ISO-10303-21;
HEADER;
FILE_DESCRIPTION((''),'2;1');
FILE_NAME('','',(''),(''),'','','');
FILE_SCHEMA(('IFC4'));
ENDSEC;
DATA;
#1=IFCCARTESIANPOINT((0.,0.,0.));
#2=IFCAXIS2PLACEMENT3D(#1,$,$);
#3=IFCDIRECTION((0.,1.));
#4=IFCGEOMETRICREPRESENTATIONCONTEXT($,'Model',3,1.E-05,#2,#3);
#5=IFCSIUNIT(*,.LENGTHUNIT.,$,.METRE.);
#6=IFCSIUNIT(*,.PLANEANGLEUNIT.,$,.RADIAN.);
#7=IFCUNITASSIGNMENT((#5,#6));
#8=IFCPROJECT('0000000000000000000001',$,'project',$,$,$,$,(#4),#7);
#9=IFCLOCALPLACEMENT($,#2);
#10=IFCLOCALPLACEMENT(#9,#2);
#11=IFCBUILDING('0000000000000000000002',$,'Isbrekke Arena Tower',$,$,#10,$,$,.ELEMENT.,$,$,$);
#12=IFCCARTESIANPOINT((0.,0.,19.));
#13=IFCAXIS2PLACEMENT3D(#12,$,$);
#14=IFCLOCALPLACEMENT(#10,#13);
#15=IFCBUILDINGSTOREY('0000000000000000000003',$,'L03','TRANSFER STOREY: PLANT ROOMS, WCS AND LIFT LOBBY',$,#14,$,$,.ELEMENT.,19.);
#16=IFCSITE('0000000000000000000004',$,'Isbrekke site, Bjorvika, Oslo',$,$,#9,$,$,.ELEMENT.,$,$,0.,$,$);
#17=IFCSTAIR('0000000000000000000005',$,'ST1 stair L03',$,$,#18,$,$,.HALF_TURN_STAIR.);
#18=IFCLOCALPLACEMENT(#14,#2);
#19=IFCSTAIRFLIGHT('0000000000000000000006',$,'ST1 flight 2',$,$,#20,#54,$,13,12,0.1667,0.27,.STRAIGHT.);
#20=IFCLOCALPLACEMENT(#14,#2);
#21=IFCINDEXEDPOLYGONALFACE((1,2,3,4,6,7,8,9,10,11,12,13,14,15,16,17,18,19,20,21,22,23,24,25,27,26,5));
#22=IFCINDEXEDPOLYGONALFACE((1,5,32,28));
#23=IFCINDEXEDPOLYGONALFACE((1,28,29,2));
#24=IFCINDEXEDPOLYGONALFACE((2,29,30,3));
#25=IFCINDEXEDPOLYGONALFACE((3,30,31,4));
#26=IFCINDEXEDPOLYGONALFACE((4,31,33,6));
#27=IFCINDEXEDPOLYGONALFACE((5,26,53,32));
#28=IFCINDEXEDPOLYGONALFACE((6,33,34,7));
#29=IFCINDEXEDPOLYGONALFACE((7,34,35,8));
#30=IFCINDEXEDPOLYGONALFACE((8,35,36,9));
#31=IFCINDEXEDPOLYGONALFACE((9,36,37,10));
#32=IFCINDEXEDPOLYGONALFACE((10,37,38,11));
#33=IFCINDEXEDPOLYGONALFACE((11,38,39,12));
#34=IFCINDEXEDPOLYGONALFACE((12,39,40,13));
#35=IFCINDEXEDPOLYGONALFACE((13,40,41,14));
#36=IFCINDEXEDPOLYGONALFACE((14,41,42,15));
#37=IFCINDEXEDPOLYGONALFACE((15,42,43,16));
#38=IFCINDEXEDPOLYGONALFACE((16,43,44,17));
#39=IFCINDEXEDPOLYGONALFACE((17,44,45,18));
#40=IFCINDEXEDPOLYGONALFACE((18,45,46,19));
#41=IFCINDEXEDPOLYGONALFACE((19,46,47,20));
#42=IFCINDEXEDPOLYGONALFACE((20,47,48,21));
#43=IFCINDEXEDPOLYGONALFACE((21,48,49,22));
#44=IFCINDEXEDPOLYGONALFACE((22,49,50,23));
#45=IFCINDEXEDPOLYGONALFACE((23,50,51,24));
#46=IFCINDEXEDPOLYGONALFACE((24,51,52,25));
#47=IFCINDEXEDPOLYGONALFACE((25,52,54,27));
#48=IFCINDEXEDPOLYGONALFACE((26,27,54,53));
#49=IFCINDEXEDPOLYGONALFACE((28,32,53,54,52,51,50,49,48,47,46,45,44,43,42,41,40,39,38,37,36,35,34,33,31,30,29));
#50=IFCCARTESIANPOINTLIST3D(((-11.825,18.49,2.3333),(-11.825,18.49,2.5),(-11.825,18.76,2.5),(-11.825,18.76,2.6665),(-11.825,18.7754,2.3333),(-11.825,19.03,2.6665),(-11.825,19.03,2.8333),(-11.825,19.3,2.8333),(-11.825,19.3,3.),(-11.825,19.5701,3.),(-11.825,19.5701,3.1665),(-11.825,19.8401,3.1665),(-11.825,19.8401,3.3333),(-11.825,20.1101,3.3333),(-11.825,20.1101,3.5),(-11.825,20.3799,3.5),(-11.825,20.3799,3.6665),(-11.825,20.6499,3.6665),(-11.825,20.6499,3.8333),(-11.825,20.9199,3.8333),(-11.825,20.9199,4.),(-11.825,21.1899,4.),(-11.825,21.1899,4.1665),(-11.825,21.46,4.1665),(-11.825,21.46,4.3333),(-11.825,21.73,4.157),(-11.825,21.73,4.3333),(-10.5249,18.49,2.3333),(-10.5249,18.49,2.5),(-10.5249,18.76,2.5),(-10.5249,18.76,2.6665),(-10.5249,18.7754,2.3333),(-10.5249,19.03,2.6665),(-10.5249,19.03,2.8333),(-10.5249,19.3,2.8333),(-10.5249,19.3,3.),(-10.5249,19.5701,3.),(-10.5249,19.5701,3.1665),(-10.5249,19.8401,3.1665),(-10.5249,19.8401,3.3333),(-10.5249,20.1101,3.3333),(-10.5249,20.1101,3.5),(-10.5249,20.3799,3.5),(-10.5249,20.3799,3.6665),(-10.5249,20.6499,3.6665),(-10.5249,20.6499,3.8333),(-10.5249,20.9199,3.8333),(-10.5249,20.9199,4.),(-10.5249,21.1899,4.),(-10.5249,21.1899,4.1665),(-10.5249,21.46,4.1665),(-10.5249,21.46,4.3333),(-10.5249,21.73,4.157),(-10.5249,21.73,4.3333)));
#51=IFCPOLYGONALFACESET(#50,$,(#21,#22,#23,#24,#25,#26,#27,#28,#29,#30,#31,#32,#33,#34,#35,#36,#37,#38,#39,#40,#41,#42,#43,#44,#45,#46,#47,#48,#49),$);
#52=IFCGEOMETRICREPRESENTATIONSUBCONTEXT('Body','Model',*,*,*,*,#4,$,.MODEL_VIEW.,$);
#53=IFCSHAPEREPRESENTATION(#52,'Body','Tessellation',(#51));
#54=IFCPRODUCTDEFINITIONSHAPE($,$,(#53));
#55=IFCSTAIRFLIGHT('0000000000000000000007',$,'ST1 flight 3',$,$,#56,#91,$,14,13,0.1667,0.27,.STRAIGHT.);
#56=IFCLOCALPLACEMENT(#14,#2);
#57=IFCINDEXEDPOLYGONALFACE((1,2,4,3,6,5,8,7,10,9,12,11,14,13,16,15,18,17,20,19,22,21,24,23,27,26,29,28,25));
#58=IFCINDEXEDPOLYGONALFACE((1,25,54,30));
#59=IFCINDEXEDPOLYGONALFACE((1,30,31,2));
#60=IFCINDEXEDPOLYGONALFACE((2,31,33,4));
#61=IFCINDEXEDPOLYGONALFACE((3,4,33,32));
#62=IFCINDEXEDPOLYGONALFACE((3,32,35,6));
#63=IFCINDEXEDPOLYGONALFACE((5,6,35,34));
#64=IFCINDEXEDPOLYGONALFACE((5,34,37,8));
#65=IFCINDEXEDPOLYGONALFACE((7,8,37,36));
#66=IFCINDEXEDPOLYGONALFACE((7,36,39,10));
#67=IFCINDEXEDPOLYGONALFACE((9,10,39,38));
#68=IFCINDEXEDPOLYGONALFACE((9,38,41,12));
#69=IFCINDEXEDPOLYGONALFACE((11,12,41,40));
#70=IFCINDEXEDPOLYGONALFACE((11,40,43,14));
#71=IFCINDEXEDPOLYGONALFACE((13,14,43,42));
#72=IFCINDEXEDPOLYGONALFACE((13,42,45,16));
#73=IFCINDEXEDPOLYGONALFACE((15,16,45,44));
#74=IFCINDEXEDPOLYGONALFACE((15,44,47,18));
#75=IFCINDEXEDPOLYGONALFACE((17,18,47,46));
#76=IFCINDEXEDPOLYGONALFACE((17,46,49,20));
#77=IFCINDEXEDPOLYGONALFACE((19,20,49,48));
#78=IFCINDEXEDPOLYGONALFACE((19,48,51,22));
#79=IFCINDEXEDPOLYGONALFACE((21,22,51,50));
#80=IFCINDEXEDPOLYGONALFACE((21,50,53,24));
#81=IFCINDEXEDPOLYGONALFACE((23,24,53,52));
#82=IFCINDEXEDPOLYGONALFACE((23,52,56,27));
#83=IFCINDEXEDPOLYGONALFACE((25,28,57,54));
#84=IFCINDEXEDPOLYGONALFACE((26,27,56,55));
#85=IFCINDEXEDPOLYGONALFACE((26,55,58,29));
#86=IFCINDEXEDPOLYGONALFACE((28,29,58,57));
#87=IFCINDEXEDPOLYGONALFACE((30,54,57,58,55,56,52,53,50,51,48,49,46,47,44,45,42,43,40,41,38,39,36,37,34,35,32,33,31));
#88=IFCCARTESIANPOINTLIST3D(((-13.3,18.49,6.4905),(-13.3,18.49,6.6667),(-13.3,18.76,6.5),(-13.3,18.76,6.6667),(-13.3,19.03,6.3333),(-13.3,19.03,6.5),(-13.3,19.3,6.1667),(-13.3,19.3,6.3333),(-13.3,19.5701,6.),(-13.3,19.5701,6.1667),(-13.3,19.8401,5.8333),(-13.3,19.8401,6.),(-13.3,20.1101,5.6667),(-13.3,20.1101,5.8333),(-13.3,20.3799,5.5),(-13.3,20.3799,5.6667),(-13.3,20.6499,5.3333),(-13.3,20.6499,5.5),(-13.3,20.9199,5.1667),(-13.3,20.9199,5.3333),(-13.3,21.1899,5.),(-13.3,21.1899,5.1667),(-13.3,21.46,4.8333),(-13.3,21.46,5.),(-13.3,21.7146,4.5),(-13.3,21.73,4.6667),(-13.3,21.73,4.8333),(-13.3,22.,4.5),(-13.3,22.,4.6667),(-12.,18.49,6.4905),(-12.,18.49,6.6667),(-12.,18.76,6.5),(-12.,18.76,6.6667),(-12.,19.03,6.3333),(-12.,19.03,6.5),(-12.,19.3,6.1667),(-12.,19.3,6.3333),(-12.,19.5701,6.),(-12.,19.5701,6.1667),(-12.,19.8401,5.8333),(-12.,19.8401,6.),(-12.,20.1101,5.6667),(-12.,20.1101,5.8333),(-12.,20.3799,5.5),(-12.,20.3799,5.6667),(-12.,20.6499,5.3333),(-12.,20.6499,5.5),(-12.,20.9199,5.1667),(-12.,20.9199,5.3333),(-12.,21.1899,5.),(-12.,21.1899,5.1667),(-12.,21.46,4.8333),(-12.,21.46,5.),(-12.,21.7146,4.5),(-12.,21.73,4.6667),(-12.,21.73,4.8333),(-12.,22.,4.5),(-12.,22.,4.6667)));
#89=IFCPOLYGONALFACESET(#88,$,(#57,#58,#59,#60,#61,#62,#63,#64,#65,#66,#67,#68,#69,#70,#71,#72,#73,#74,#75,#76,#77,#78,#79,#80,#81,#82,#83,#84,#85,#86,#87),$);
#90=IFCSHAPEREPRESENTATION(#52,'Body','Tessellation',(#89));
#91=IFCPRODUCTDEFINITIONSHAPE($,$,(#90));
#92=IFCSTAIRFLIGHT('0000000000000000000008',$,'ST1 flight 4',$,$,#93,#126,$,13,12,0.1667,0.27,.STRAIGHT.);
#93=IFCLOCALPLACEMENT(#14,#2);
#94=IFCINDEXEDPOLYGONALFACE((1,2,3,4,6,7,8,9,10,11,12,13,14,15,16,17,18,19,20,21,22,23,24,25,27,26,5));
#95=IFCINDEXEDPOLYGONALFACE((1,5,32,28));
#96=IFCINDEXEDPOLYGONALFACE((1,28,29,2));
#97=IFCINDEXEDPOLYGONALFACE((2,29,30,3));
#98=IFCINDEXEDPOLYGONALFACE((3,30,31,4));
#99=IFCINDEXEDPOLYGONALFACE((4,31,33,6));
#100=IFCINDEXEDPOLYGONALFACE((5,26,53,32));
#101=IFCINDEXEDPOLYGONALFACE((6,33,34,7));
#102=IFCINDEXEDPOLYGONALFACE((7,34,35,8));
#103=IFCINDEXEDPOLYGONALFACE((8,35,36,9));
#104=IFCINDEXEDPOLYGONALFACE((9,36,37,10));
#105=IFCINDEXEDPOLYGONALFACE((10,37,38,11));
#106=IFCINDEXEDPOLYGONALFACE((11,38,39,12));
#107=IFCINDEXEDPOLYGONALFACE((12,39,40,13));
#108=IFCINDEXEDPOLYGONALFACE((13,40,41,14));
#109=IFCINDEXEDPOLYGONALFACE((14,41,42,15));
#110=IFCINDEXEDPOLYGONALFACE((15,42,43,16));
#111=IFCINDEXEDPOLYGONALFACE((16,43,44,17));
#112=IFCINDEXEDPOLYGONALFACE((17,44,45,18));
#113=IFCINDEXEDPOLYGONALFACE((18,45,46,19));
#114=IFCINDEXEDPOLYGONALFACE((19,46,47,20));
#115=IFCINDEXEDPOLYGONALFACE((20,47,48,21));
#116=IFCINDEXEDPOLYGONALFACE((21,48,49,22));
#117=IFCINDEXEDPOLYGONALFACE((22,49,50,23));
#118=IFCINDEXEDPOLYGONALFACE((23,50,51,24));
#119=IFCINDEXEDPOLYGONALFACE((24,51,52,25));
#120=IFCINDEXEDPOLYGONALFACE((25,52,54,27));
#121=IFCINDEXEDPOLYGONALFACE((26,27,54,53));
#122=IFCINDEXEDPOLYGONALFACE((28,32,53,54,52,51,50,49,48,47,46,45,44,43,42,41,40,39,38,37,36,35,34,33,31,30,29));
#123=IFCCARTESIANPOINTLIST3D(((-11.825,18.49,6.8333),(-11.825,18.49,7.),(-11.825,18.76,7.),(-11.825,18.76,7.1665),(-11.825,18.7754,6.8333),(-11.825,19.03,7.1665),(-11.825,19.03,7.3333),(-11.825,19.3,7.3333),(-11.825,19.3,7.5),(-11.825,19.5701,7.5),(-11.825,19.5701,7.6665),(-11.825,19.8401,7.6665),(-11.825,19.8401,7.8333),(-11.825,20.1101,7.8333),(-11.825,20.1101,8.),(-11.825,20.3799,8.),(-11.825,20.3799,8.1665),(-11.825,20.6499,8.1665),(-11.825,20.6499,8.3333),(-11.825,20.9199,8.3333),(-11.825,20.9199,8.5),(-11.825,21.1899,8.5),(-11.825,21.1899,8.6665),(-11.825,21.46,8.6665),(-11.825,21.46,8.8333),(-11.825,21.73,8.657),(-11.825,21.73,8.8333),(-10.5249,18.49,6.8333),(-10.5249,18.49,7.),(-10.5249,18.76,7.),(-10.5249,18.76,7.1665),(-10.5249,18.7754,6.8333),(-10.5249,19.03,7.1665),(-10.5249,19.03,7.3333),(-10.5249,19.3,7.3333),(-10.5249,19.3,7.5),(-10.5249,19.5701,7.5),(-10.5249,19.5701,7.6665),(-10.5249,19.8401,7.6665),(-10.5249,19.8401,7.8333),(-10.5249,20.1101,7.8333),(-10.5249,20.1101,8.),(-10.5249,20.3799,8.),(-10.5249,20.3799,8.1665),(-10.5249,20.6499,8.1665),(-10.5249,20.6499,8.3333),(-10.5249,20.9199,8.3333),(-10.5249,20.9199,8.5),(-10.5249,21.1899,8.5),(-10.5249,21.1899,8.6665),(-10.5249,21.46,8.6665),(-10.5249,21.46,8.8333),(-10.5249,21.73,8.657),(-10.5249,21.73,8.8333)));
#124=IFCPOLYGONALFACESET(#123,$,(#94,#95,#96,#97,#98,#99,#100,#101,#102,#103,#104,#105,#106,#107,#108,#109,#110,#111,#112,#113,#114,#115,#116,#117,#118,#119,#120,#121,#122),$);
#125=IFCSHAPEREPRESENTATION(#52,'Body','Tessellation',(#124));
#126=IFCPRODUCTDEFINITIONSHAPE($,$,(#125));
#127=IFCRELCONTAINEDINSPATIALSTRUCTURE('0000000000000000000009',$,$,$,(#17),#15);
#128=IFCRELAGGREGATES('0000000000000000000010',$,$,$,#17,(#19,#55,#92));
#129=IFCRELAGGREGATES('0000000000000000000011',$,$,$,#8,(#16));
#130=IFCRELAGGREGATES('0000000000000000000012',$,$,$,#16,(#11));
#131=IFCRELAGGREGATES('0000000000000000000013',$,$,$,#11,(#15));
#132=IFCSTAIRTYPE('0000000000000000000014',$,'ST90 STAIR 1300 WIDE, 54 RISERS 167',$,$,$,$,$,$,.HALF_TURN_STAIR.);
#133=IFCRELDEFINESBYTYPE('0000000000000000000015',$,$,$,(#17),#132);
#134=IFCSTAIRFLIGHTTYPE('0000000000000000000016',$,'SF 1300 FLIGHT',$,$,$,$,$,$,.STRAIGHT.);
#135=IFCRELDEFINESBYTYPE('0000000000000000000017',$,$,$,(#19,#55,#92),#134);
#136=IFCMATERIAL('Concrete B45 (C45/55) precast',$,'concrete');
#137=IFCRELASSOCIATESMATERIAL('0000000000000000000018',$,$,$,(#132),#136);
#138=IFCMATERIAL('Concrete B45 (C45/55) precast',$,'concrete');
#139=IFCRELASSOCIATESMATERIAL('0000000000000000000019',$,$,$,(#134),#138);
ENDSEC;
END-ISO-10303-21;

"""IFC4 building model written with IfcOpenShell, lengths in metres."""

from ifc_helpers import new_model, si_unit, direction, frame, origin, place, context, subcontext, project, spatial, polyline, outline, extrude, material, type_object, element, aggregate, save


model = new_model("IFC4")

# Units and contexts
model_context = context("Model", 3, precision=1e-05, world=origin(), true_north=direction((0.0, 1.0)))
body_context = subcontext(model_context, "Body", "Model", "MODEL_VIEW")
ifc_project = project(units=[si_unit("LENGTHUNIT", "METRE"), si_unit("PLANEANGLEUNIT", "RADIAN")], contexts=[model_context])

# Site, building, storey
site_placement = place(None, origin())
site = spatial("IfcSite", under=ifc_project, at=site_placement, Name="Isbrekke site, Bjorvika, Oslo", CompositionType="ELEMENT", RefElevation=0.0)
building_placement = place(site_placement, origin())
building = spatial("IfcBuilding", under=site, at=building_placement, Name="Isbrekke Arena Tower", CompositionType="ELEMENT")
storey_placement = place(building_placement, frame((0.0, 0.0, 19.0)))
storey = spatial("IfcBuildingStorey", under=building, at=storey_placement, Name="L03", Description="TRANSFER STOREY: PLANT ROOMS, WCS AND LIFT LOBBY", CompositionType="ELEMENT", Elevation=19.0)

# Stair, stair flights
ifc_material_1 = material(Name="Concrete B45 (C45/55) precast", Category="concrete")
stair_type = type_object("IfcStairType", Name="ST90 STAIR 1300 WIDE, 54 RISERS 167", PredefinedType="HALF_TURN_STAIR", material=ifc_material_1)
stair_placement = place(storey_placement, origin())
stair = element("IfcStair", 1, at=stair_placement, inside=storey, type_object=stair_type, Name="ST1 stair L03", PredefinedType="HALF_TURN_STAIR")
ifc_material_2 = material(Name="Concrete B45 (C45/55) precast", Category="concrete")
stair_flight_type = type_object("IfcStairFlightType", Name="SF 1300 FLIGHT", PredefinedType="STRAIGHT", material=ifc_material_2)
stair_flight_1_placement = place(storey_placement, frame((-11.175, 18.49, 2.3333), z_axis=(0.0, 0.0, 1.0), x_axis=(0.0, 1.0, 0.0)))
stair_flight_1 = element("IfcStairFlight", 2, at=stair_flight_1_placement, type_object=stair_flight_type, Name="ST1 flight 2", NumberOfRisers=13, NumberOfTreads=12, PredefinedType="STRAIGHT", RiserHeight=0.1667, TreadLength=0.27, context=body_context, shape_type="SweptSolid", body=[
    extrude(outline(polyline([(0.0, 0.0), (0.0, 0.1667), (0.27, 0.1667), (0.27, 0.3333), (0.54, 0.3333), (0.54, 0.5), (0.8101, 0.5), (0.8101, 0.6667), (1.0801, 0.6667), (1.0801, 0.8333), (1.3501, 0.8333), (1.3501, 1.0), (1.6201, 1.0), (1.6201, 1.1667), (1.8899, 1.1667), (1.8899, 1.3333), (2.1599, 1.3333), (2.1599, 1.5), (2.4299, 1.5), (2.4299, 1.6667), (2.7, 1.6667), (2.7, 1.8333), (2.97, 1.8333), (2.97, 2.0), (3.24, 2.0), (3.24, 2.1667), (3.24, 1.8237), (0.2854, 0.0), (0.0, 0.0)])), frame((0.0, 0.6499, 0.0), z_axis=(0.0, -1.0, 0.0), x_axis=(1.0, 0.0, 0.0)), (0.0, 0.0, 1.0), 1.3),
])
stair_flight_2_placement = place(storey_placement, frame((-12.6499, 22.0, 4.5), z_axis=(0.0, 0.0, 1.0), x_axis=(0.0, -1.0, 0.0)))
stair_flight_2 = element("IfcStairFlight", 3, at=stair_flight_2_placement, type_object=stair_flight_type, Name="ST1 flight 3", NumberOfRisers=14, NumberOfTreads=13, PredefinedType="STRAIGHT", RiserHeight=0.1667, TreadLength=0.27, context=body_context, shape_type="SweptSolid", body=[
    extrude(outline(polyline([(0.0, 0.0), (0.0, 0.1667), (0.27, 0.1667), (0.27, 0.3333), (0.54, 0.3333), (0.54, 0.5), (0.8101, 0.5), (0.8101, 0.6667), (1.0801, 0.6667), (1.0801, 0.8333), (1.3501, 0.8333), (1.3501, 1.0), (1.6201, 1.0), (1.6201, 1.1667), (1.8899, 1.1667), (1.8899, 1.3333), (2.1599, 1.3333), (2.1599, 1.5), (2.4299, 1.5), (2.4299, 1.6667), (2.7, 1.6667), (2.7, 1.8333), (2.97, 1.8333), (2.97, 2.0), (3.24, 2.0), (3.24, 2.1667), (3.51, 2.1667), (3.51, 2.3333), (3.51, 1.9905), (0.2854, 0.0), (0.0, 0.0)])), frame((0.0, 0.6499, 0.0), z_axis=(0.0, -1.0, 0.0), x_axis=(1.0, 0.0, 0.0)), (0.0, 0.0, 1.0), 1.3),
])
stair_flight_3_placement = place(storey_placement, frame((-11.175, 18.49, 6.8333), z_axis=(0.0, 0.0, 1.0), x_axis=(0.0, 1.0, 0.0)))
stair_flight_3 = element("IfcStairFlight", 4, at=stair_flight_3_placement, type_object=stair_flight_type, Name="ST1 flight 4", NumberOfRisers=13, NumberOfTreads=12, PredefinedType="STRAIGHT", RiserHeight=0.1667, TreadLength=0.27, context=body_context, shape_type="SweptSolid", body=[
    extrude(outline(polyline([(0.0, 0.0), (0.0, 0.1667), (0.27, 0.1667), (0.27, 0.3333), (0.54, 0.3333), (0.54, 0.5), (0.8101, 0.5), (0.8101, 0.6667), (1.0801, 0.6667), (1.0801, 0.8333), (1.3501, 0.8333), (1.3501, 1.0), (1.6201, 1.0), (1.6201, 1.1667), (1.8899, 1.1667), (1.8899, 1.3333), (2.1599, 1.3333), (2.1599, 1.5), (2.4299, 1.5), (2.4299, 1.6667), (2.7, 1.6667), (2.7, 1.8333), (2.97, 1.8333), (2.97, 2.0), (3.24, 2.0), (3.24, 2.1667), (3.24, 1.8237), (0.2854, 0.0), (0.0, 0.0)])), frame((0.0, 0.6499, 0.0), z_axis=(0.0, -1.0, 0.0), x_axis=(1.0, 0.0, 0.0)), (0.0, 0.0, 1.0), 1.3),
])
aggregate(stair, [stair_flight_1, stair_flight_2, stair_flight_3])

save(model, "model.ifc")
